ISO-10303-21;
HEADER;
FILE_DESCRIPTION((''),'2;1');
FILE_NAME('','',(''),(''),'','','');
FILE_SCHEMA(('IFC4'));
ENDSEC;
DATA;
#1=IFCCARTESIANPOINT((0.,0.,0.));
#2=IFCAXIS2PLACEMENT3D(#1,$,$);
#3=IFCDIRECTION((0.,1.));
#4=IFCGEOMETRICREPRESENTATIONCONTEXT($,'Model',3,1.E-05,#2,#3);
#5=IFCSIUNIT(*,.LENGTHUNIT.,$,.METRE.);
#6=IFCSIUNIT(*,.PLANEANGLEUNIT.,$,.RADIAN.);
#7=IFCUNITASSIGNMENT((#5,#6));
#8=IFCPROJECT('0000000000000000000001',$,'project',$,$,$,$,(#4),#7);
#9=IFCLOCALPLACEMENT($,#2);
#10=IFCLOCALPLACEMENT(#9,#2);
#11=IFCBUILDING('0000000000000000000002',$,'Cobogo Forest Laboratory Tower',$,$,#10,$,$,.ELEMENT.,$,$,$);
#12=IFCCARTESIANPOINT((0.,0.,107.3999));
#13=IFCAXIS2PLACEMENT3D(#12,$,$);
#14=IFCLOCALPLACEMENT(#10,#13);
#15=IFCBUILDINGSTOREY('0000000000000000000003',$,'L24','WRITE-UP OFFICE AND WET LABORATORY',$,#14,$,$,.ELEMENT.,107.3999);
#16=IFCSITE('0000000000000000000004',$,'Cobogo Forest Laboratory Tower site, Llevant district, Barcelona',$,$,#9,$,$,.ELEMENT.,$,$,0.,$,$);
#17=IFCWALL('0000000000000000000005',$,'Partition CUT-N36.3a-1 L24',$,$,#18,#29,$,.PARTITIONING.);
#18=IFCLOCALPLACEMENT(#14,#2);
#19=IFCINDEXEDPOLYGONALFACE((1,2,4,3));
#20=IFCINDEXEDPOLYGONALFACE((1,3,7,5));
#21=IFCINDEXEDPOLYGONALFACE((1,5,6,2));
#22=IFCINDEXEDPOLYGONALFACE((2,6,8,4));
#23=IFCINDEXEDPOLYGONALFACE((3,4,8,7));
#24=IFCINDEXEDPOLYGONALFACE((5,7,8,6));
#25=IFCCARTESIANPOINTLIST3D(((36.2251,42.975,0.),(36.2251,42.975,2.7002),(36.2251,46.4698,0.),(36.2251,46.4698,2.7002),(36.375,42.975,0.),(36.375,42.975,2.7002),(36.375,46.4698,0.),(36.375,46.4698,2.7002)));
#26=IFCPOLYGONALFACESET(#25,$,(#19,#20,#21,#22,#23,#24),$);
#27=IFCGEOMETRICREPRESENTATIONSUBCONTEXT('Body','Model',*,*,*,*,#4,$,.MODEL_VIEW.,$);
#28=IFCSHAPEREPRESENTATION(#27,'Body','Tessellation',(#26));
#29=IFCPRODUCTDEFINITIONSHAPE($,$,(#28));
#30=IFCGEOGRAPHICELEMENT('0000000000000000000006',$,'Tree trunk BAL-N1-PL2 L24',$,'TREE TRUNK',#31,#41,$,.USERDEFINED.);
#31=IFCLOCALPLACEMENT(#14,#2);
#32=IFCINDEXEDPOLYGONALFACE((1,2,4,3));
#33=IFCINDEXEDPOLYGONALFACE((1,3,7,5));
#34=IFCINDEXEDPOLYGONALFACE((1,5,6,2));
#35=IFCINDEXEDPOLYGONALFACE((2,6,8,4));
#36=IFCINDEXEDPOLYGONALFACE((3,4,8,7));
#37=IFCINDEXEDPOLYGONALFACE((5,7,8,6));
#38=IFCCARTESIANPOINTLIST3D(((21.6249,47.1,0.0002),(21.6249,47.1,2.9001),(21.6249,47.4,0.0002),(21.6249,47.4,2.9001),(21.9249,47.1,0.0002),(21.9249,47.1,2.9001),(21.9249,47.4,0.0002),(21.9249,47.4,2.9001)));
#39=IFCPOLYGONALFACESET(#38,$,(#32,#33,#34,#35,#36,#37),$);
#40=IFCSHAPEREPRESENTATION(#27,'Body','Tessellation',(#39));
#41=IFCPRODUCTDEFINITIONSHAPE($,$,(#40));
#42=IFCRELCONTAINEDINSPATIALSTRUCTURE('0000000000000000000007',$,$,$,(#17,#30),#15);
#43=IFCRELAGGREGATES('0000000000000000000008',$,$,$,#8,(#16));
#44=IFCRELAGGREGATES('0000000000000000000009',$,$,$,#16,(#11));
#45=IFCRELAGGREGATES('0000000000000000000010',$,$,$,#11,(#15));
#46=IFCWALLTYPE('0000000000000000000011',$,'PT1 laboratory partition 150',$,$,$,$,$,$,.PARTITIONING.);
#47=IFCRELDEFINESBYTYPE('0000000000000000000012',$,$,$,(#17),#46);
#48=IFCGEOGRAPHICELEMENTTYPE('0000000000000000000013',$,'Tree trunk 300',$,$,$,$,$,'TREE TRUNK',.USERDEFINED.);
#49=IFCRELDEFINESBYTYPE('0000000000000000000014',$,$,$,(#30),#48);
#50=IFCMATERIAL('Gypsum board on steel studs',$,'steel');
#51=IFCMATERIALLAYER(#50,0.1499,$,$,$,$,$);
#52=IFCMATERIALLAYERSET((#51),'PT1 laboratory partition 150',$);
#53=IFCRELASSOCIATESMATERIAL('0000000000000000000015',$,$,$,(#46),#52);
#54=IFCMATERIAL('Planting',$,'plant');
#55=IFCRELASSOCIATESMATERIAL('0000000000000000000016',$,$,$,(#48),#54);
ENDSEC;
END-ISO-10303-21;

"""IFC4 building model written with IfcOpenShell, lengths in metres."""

from ifc_helpers import new_model, si_unit, direction, frame, frame_2d, origin, origin_2d, place, context, subcontext, project, spatial, rectangle, extrude, material, layer, layer_set, type_object, element, save


model = new_model("IFC4")

# Units and contexts
model_context = context("Model", 3, precision=1e-05, world=origin(), true_north=direction((0.0, 1.0)))
body_context = subcontext(model_context, "Body", "Model", "MODEL_VIEW")
ifc_project = project(units=[si_unit("LENGTHUNIT", "METRE"), si_unit("PLANEANGLEUNIT", "RADIAN")], contexts=[model_context])

# Site, building, storey
site_placement = place(None, origin())
site = spatial("IfcSite", under=ifc_project, at=site_placement, Name="Cobogo Forest Laboratory Tower site, Llevant district, Barcelona", CompositionType="ELEMENT", RefElevation=0.0)
building_placement = place(site_placement, origin())
building = spatial("IfcBuilding", under=site, at=building_placement, Name="Cobogo Forest Laboratory Tower", CompositionType="ELEMENT")
storey_placement = place(building_placement, frame((0.0, 0.0, 107.3999)))
storey = spatial("IfcBuildingStorey", under=building, at=storey_placement, Name="L24", Description="WRITE-UP OFFICE AND WET LABORATORY", CompositionType="ELEMENT", Elevation=107.3999)

# Wall
ifc_material_1 = material(Name="Gypsum board on steel studs", Category="steel")
ifc_layer_1 = layer(ifc_material_1, 0.1499)
ifc_layer_set_1 = layer_set([ifc_layer_1], Name="PT1 laboratory partition 150")
wall_type = type_object("IfcWallType", Name="PT1 laboratory partition 150", PredefinedType="PARTITIONING", material=ifc_layer_set_1)
wall_placement = place(storey_placement, frame((36.3, 46.47, 0.0), z_axis=(0.0, 0.0, 1.0), x_axis=(0.0, -1.0, 0.0)))
element("IfcWall", 1, at=wall_placement, inside=storey, type_object=wall_type, Name="Partition CUT-N36.3a-1 L24", PredefinedType="PARTITIONING", context=body_context, shape_type="SweptSolid", body=[
    extrude(rectangle(XDim=3.4949, YDim=0.1499, at=frame_2d((1.7476, 0.0))), origin(), (0.0, 0.0, 1.0), 2.7002),
])

# Geographic element
ifc_material_2 = material(Name="Planting", Category="plant")
geographic_element_type = type_object("IfcGeographicElementType", Name="Tree trunk 300", ElementType="TREE TRUNK", PredefinedType="USERDEFINED", material=ifc_material_2)
geographic_element_placement = place(storey_placement, frame((21.7749, 47.25, 0.0002), z_axis=(0.0, 0.0, 1.0), x_axis=(1.0, 0.0, 0.0)))
element("IfcGeographicElement", 2, at=geographic_element_placement, inside=storey, type_object=geographic_element_type, Name="Tree trunk BAL-N1-PL2 L24", ObjectType="TREE TRUNK", PredefinedType="USERDEFINED", context=body_context, shape_type="SweptSolid", body=[
    extrude(rectangle(XDim=0.3, YDim=0.3, at=origin_2d()), origin(), (0.0, 0.0, 1.0), 2.8999),
])

save(model, "model.ifc")
